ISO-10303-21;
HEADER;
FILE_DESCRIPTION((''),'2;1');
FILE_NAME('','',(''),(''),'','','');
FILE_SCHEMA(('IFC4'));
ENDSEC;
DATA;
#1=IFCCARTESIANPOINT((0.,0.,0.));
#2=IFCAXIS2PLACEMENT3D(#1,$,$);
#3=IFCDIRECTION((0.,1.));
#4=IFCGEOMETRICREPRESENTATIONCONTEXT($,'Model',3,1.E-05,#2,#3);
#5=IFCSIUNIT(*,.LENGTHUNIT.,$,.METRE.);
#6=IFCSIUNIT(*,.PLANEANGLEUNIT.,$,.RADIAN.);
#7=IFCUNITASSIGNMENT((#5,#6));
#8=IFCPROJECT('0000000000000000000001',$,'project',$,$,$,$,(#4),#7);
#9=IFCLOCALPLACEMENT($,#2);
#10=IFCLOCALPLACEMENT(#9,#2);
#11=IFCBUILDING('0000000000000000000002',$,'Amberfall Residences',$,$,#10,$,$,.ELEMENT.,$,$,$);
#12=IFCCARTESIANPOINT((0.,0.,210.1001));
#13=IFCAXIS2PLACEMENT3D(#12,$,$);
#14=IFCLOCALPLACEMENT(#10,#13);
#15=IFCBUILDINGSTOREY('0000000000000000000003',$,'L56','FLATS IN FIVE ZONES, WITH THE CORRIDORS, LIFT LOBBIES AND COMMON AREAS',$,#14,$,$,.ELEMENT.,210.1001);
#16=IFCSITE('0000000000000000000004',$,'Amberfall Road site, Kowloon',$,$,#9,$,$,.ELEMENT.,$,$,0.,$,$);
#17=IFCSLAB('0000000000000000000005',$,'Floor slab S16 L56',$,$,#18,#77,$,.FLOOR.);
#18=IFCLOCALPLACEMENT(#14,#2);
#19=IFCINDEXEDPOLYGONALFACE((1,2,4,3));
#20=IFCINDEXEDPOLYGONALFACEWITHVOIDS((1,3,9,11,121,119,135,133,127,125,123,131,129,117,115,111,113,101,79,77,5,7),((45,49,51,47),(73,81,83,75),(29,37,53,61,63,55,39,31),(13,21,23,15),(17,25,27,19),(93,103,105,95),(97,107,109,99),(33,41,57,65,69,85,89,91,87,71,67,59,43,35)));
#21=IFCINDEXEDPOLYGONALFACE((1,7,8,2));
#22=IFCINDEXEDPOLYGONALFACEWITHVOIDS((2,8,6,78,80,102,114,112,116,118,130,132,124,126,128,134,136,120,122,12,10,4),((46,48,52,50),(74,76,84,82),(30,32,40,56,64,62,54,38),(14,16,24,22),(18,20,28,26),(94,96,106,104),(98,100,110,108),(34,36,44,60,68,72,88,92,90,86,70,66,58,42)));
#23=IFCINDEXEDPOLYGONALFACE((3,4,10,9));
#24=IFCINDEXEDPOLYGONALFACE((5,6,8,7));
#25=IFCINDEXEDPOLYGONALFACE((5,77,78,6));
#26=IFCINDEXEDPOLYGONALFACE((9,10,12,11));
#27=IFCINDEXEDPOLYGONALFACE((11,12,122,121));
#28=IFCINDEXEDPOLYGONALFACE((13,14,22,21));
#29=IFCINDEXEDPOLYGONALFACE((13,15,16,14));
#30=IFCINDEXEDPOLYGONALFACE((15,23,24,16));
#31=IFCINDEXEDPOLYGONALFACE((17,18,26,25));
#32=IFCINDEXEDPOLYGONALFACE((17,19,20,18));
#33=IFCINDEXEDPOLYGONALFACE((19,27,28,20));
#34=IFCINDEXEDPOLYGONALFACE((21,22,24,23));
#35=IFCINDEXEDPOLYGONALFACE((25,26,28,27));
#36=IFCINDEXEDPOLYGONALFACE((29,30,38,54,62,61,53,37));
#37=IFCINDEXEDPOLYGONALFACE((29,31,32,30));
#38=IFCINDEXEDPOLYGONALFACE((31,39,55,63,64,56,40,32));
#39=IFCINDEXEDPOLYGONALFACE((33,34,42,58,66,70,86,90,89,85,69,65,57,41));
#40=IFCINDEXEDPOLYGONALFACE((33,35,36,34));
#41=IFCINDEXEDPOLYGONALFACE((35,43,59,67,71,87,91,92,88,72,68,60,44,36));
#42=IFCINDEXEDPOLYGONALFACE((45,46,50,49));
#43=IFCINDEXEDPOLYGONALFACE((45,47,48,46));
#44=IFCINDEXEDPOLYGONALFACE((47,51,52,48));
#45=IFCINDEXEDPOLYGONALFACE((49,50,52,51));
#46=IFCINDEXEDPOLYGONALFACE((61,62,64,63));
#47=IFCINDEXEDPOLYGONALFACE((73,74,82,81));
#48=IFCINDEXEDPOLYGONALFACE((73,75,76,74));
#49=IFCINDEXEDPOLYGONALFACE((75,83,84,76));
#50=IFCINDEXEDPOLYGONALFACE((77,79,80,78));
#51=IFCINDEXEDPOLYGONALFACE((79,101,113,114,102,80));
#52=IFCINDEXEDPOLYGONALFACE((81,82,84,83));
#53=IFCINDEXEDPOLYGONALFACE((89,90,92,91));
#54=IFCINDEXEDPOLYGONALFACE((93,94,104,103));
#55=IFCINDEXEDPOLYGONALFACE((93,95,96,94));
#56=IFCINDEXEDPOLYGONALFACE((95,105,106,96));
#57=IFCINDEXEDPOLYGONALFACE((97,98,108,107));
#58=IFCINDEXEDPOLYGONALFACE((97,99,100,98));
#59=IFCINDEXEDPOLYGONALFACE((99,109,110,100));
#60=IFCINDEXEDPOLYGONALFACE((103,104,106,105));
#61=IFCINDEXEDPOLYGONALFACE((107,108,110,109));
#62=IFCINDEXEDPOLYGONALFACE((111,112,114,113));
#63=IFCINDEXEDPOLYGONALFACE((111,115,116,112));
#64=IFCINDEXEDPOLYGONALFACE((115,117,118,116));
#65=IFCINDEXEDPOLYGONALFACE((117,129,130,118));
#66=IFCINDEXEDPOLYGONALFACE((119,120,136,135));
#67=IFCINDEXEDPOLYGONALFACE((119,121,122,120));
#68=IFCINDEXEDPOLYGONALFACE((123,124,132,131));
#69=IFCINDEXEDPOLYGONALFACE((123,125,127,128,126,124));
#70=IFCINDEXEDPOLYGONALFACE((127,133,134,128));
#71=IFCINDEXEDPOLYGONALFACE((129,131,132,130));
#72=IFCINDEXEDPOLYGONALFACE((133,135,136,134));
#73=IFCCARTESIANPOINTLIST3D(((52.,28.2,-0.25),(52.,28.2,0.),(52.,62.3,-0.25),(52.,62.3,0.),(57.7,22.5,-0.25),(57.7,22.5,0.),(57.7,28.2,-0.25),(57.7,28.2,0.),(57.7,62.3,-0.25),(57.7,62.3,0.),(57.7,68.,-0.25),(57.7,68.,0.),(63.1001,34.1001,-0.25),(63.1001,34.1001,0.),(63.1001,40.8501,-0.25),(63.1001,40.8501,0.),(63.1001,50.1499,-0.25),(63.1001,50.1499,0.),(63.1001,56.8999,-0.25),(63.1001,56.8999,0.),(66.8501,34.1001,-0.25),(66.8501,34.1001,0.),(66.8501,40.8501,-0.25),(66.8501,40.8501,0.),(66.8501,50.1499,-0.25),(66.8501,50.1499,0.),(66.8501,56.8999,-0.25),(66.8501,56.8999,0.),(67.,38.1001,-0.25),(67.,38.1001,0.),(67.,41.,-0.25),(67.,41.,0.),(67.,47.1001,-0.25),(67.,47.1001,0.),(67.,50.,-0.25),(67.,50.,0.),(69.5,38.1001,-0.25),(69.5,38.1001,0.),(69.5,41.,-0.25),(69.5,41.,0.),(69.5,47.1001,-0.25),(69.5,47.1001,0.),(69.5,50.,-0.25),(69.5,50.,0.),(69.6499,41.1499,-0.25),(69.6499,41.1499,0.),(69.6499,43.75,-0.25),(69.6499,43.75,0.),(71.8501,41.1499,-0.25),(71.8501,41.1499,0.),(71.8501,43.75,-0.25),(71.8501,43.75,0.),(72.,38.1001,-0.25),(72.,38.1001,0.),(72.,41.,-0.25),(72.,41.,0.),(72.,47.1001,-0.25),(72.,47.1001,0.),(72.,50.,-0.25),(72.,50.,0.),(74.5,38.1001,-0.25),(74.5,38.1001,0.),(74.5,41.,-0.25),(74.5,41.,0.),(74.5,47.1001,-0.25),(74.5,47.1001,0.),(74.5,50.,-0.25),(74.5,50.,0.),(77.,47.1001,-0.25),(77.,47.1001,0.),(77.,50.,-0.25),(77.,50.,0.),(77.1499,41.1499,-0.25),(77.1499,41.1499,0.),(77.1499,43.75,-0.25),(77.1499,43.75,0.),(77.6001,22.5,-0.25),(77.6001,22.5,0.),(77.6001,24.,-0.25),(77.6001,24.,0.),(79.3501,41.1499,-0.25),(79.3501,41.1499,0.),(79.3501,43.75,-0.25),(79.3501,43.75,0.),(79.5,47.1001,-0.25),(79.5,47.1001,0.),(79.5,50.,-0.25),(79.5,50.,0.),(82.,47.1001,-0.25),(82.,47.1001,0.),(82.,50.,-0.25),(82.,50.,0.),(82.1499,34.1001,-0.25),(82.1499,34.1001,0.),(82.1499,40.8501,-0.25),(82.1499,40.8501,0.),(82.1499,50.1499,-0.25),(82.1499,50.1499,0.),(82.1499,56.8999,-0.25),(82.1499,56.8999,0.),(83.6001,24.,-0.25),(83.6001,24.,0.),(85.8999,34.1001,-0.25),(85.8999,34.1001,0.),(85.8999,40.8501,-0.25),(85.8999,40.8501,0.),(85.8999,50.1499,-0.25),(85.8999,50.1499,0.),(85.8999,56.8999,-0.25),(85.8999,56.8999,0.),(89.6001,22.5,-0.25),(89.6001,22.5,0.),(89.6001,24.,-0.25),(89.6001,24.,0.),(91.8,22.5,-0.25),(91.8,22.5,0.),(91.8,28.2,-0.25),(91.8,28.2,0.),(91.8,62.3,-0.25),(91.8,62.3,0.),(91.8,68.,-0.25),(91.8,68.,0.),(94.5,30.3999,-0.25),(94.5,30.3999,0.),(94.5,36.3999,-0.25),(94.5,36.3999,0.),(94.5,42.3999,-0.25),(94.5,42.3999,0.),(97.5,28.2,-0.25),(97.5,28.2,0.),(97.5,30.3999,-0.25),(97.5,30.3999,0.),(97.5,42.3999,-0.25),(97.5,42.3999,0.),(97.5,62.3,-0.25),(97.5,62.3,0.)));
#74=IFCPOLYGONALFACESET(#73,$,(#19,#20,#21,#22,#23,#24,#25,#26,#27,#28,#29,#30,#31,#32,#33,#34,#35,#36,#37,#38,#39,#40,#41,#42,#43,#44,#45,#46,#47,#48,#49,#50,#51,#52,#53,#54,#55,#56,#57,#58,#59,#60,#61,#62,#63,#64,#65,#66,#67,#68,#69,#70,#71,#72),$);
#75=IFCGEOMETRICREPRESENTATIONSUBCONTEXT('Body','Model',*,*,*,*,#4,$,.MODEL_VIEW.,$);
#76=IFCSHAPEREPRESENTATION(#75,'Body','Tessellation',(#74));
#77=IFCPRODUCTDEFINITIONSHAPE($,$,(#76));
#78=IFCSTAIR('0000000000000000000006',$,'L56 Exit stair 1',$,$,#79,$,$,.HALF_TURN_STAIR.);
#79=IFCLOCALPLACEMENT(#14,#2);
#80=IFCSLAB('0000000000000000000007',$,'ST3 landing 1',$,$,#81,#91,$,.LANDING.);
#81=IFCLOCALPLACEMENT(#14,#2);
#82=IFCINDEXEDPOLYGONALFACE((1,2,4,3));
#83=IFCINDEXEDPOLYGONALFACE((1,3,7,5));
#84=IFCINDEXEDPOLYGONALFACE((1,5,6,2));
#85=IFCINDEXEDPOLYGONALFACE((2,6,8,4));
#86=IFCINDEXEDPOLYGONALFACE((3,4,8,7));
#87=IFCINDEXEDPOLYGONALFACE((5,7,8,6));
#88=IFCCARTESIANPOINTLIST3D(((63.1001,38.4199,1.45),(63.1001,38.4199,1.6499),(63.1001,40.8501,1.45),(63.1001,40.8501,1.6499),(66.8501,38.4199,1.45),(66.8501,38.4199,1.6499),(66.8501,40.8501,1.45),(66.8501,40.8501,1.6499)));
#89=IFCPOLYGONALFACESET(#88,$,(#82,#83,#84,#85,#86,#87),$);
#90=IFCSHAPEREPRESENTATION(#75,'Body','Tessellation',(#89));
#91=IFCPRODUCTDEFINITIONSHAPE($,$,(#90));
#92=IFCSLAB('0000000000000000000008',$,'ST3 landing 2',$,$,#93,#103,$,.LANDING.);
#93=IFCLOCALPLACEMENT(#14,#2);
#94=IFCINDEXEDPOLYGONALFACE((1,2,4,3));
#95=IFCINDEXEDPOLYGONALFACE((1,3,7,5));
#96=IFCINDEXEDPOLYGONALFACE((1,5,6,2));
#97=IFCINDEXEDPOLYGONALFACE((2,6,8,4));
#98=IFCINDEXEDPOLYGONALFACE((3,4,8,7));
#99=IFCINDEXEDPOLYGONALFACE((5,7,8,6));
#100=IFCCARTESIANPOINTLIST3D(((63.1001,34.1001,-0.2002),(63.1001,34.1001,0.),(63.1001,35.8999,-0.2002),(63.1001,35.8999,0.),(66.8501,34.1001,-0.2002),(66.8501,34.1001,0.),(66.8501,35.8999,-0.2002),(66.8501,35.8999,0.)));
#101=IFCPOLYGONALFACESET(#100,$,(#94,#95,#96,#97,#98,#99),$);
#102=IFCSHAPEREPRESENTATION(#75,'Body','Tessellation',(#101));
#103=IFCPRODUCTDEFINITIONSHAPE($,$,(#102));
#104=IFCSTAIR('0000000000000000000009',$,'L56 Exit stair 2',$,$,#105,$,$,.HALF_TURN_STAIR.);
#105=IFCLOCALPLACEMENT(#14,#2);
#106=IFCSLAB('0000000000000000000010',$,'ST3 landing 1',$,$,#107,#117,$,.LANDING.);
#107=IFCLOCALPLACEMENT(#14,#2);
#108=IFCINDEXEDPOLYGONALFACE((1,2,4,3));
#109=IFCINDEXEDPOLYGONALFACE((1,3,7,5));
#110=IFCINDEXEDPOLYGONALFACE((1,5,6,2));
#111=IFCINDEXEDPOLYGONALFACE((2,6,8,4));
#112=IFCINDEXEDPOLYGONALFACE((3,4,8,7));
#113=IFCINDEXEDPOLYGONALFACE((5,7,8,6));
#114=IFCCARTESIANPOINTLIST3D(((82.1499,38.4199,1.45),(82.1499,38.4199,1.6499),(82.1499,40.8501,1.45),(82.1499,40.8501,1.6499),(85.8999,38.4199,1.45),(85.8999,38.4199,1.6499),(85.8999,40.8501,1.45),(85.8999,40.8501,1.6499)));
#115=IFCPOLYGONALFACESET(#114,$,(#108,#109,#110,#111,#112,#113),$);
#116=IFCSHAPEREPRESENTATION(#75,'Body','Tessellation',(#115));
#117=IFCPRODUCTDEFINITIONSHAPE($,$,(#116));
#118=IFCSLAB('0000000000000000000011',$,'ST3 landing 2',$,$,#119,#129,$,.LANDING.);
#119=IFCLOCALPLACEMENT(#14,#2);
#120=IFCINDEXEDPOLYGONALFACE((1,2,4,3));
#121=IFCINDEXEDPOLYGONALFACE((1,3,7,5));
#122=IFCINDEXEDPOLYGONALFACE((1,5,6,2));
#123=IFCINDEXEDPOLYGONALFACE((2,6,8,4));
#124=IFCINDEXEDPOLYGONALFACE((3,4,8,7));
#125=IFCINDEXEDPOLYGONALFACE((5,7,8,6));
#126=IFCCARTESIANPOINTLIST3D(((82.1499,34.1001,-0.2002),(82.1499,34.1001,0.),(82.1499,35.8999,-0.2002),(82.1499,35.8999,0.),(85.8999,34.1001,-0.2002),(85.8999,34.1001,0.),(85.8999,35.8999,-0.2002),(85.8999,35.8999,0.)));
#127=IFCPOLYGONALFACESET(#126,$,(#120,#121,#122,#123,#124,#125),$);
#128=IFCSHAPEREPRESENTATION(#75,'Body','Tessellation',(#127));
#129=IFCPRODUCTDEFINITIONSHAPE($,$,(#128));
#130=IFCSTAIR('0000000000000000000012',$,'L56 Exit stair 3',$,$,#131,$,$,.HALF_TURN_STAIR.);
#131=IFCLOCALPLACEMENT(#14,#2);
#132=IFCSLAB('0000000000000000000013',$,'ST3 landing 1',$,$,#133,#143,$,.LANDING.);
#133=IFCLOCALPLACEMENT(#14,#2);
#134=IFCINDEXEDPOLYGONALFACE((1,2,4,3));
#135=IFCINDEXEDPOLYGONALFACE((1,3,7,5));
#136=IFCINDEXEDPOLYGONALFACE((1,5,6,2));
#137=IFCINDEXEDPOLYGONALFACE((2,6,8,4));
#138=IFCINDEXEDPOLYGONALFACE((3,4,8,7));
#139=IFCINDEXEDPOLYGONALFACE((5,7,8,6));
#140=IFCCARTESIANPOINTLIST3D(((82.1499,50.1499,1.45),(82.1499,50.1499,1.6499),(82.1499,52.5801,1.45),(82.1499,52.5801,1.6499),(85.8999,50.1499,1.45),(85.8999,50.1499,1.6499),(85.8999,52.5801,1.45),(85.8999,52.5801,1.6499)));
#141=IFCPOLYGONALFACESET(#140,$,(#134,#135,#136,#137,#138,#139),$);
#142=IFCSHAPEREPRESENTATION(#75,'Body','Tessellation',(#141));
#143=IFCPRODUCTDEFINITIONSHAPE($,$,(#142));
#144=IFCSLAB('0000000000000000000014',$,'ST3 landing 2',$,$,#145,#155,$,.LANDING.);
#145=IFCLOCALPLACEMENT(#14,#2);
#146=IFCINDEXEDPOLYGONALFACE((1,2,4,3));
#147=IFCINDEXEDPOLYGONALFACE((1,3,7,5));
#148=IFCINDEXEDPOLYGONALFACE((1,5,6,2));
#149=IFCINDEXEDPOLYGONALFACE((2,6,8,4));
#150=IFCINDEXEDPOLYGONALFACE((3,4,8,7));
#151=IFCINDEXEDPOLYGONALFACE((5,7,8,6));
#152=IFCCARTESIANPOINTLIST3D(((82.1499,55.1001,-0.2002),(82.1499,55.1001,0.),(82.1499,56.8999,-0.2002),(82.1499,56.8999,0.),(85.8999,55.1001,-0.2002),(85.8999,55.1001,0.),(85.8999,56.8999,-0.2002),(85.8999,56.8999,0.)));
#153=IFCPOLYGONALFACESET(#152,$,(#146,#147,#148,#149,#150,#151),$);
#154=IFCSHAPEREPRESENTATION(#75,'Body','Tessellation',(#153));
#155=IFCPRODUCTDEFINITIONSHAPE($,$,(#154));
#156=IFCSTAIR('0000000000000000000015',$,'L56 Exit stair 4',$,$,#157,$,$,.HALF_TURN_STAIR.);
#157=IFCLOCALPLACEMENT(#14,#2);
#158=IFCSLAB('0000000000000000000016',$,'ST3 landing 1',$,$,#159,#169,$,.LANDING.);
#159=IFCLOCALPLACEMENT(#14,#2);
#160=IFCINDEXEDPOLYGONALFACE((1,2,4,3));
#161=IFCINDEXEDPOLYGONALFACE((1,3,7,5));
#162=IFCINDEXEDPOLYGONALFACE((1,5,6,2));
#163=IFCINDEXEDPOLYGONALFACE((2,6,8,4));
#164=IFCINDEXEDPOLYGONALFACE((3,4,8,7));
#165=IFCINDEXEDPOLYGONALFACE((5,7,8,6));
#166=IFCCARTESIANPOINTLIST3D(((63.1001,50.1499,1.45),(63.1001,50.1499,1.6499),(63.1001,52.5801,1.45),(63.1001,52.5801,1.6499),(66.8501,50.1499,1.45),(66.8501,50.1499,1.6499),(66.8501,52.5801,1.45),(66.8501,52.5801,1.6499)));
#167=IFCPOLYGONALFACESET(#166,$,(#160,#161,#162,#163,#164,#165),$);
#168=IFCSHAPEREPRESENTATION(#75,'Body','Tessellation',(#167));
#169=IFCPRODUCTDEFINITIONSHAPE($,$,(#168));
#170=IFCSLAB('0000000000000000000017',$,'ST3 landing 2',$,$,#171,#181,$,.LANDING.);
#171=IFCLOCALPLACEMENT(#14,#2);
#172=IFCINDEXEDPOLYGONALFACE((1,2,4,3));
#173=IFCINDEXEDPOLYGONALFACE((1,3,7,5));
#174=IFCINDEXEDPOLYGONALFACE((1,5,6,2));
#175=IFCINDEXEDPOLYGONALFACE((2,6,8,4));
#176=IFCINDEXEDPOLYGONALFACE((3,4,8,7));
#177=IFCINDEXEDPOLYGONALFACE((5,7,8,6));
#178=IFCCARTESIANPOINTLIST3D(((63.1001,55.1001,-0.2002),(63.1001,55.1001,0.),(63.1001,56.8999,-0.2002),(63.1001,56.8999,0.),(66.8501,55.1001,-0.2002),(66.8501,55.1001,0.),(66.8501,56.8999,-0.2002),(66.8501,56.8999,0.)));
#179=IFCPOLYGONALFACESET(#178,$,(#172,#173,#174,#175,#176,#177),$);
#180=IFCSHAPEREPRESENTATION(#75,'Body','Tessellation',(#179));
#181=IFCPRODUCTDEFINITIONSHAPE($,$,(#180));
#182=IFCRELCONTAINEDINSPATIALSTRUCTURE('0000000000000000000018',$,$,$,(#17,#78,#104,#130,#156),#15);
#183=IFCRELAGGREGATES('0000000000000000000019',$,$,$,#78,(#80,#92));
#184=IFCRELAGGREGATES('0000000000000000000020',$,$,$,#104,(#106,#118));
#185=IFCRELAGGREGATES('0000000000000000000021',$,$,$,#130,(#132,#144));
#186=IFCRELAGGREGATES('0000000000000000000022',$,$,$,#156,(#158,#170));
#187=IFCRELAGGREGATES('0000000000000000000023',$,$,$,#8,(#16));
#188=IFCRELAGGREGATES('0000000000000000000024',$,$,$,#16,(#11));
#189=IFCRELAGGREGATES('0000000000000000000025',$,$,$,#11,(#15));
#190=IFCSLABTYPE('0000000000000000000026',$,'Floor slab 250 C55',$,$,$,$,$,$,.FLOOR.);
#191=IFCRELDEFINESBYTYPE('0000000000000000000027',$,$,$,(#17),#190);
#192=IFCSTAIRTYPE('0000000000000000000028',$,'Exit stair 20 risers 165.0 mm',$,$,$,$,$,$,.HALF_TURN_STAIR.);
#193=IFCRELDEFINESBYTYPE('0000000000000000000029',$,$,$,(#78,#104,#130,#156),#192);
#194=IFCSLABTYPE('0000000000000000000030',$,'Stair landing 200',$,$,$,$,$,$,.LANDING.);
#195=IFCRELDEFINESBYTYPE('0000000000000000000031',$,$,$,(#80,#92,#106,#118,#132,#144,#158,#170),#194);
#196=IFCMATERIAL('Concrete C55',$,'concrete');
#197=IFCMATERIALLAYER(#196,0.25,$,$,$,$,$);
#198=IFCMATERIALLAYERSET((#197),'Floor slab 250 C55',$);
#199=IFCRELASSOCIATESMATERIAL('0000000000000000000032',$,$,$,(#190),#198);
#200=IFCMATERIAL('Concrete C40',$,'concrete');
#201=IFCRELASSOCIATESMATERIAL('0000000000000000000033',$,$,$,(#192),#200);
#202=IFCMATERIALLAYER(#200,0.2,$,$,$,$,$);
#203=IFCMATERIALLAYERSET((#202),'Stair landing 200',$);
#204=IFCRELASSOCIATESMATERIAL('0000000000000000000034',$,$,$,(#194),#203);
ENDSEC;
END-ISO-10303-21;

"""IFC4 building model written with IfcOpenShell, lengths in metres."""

from ifc_helpers import new_model, si_unit, direction, frame, origin, place, context, subcontext, project, spatial, polyline, outline, extrude, material, layer, layer_set, type_object, element, aggregate, save


model = new_model("IFC4")

# Units and contexts
model_context = context("Model", 3, precision=1e-05, world=origin(), true_north=direction((0.0, 1.0)))
body_context = subcontext(model_context, "Body", "Model", "MODEL_VIEW")
ifc_project = project(units=[si_unit("LENGTHUNIT", "METRE"), si_unit("PLANEANGLEUNIT", "RADIAN")], contexts=[model_context])

# Site, building, storey
site_placement = place(None, origin())
site = spatial("IfcSite", under=ifc_project, at=site_placement, Name="Amberfall Road site, Kowloon", CompositionType="ELEMENT", RefElevation=0.0)
building_placement = place(site_placement, origin())
building = spatial("IfcBuilding", under=site, at=building_placement, Name="Amberfall Residences", CompositionType="ELEMENT")
storey_placement = place(building_placement, frame((0.0, 0.0, 210.1001)))
storey = spatial("IfcBuildingStorey", under=building, at=storey_placement, Name="L56", Description="FLATS IN FIVE ZONES, WITH THE CORRIDORS, LIFT LOBBIES AND COMMON AREAS", CompositionType="ELEMENT", Elevation=210.1001)

# Slab
ifc_material_1 = material(Name="Concrete C55", Category="concrete")
ifc_layer_1 = layer(ifc_material_1, 0.25)
ifc_layer_set_1 = layer_set([ifc_layer_1], Name="Floor slab 250 C55")
slab_type_1 = type_object("IfcSlabType", Name="Floor slab 250 C55", PredefinedType="FLOOR", material=ifc_layer_set_1)
slab_1_placement = place(storey_placement, frame((0.0, 0.0, -0.25)))
element("IfcSlab", 1, at=slab_1_placement, inside=storey, type_object=slab_type_1, Name="Floor slab S16 L56", PredefinedType="FLOOR", context=body_context, shape_type="SweptSolid", body=[
    extrude(outline(polyline([(89.6001, 22.5), (89.6001, 24.0), (83.6001, 24.0), (77.6001, 24.0), (77.6001, 22.5), (57.7, 22.5), (57.7, 28.2), (52.0, 28.2), (52.0, 62.3), (57.7, 62.3), (57.7, 68.0), (91.8, 68.0), (91.8, 62.3), (97.5, 62.3), (97.5, 42.3999), (94.5, 42.3999), (94.5, 36.3999), (94.5, 30.3999), (97.5, 30.3999), (97.5, 28.2), (91.8, 28.2), (91.8, 22.5), (89.6001, 22.5)]), holes=[polyline([(85.8999, 34.1001), (85.8999, 40.8501), (82.1499, 40.8501), (82.1499, 34.1001), (85.8999, 34.1001)]), polyline([(85.8999, 50.1499), (85.8999, 56.8999), (82.1499, 56.8999), (82.1499, 50.1499), (85.8999, 50.1499)]), polyline([(72.0, 50.0), (69.5, 50.0), (67.0, 50.0), (67.0, 47.1001), (69.5, 47.1001), (72.0, 47.1001), (74.5, 47.1001), (77.0, 47.1001), (79.5, 47.1001), (82.0, 47.1001), (82.0, 50.0), (79.5, 50.0), (77.0, 50.0), (74.5, 50.0), (72.0, 50.0)]), polyline([(79.3501, 41.1499), (79.3501, 43.75), (77.1499, 43.75), (77.1499, 41.1499), (79.3501, 41.1499)]), polyline([(69.5, 41.0), (67.0, 41.0), (67.0, 38.1001), (69.5, 38.1001), (72.0, 38.1001), (74.5, 38.1001), (74.5, 41.0), (72.0, 41.0), (69.5, 41.0)]), polyline([(71.8501, 41.1499), (71.8501, 43.75), (69.6499, 43.75), (69.6499, 41.1499), (71.8501, 41.1499)]), polyline([(66.8501, 50.1499), (66.8501, 56.8999), (63.1001, 56.8999), (63.1001, 50.1499), (66.8501, 50.1499)]), polyline([(66.8501, 40.8501), (63.1001, 40.8501), (63.1001, 34.1001), (66.8501, 34.1001), (66.8501, 40.8501)])]), origin(), (0.0, 0.0, 1.0), 0.25),
])

# Stairs, slabs
ifc_material_2 = material(Name="Concrete C40", Category="concrete")
stair_type = type_object("IfcStairType", Name="Exit stair 20 risers 165.0 mm", PredefinedType="HALF_TURN_STAIR", material=ifc_material_2)
stair_1_placement = place(storey_placement, origin())
stair_1 = element("IfcStair", 2, at=stair_1_placement, inside=storey, type_object=stair_type, Name="L56 Exit stair 1", PredefinedType="HALF_TURN_STAIR")
ifc_layer_2 = layer(ifc_material_2, 0.2)
ifc_layer_set_2 = layer_set([ifc_layer_2], Name="Stair landing 200")
slab_type_2 = type_object("IfcSlabType", Name="Stair landing 200", PredefinedType="LANDING", material=ifc_layer_set_2)
slab_2_placement = place(storey_placement, frame((0.0, 0.0, 1.45)))
slab_2 = element("IfcSlab", 3, at=slab_2_placement, type_object=slab_type_2, Name="ST3 landing 1", PredefinedType="LANDING", context=body_context, shape_type="SweptSolid", body=[
    extrude(outline(polyline([(66.8501, 38.4199), (66.8501, 40.8501), (63.1001, 40.8501), (63.1001, 38.4199), (66.8501, 38.4199)])), origin(), (0.0, 0.0, 1.0), 0.2),
])
slab_3_placement = place(storey_placement, frame((0.0, 0.0, -0.2002)))
slab_3 = element("IfcSlab", 4, at=slab_3_placement, type_object=slab_type_2, Name="ST3 landing 2", PredefinedType="LANDING", context=body_context, shape_type="SweptSolid", body=[
    extrude(outline(polyline([(66.8501, 34.1001), (66.8501, 35.8999), (63.1001, 35.8999), (63.1001, 34.1001), (66.8501, 34.1001)])), origin(), (0.0, 0.0, 1.0), 0.2002),
])
aggregate(stair_1, [slab_2, slab_3])
stair_2_placement = place(storey_placement, origin())
stair_2 = element("IfcStair", 5, at=stair_2_placement, inside=storey, type_object=stair_type, Name="L56 Exit stair 2", PredefinedType="HALF_TURN_STAIR")
slab_4_placement = place(storey_placement, frame((0.0, 0.0, 1.45)))
slab_4 = element("IfcSlab", 6, at=slab_4_placement, type_object=slab_type_2, Name="ST3 landing 1", PredefinedType="LANDING", context=body_context, shape_type="SweptSolid", body=[
    extrude(outline(polyline([(85.8999, 38.4199), (85.8999, 40.8501), (82.1499, 40.8501), (82.1499, 38.4199), (85.8999, 38.4199)])), origin(), (0.0, 0.0, 1.0), 0.2),
])
slab_5_placement = place(storey_placement, frame((0.0, 0.0, -0.2002)))
slab_5 = element("IfcSlab", 7, at=slab_5_placement, type_object=slab_type_2, Name="ST3 landing 2", PredefinedType="LANDING", context=body_context, shape_type="SweptSolid", body=[
    extrude(outline(polyline([(85.8999, 34.1001), (85.8999, 35.8999), (82.1499, 35.8999), (82.1499, 34.1001), (85.8999, 34.1001)])), origin(), (0.0, 0.0, 1.0), 0.2002),
])
aggregate(stair_2, [slab_4, slab_5])
stair_3_placement = place(storey_placement, origin())
stair_3 = element("IfcStair", 8, at=stair_3_placement, inside=storey, type_object=stair_type, Name="L56 Exit stair 3", PredefinedType="HALF_TURN_STAIR")
slab_6_placement = place(storey_placement, frame((0.0, 0.0, 1.45)))
slab_6 = element("IfcSlab", 9, at=slab_6_placement, type_object=slab_type_2, Name="ST3 landing 1", PredefinedType="LANDING", context=body_context, shape_type="SweptSolid", body=[
    extrude(outline(polyline([(82.1499, 52.5801), (82.1499, 50.1499), (85.8999, 50.1499), (85.8999, 52.5801), (82.1499, 52.5801)])), origin(), (0.0, 0.0, 1.0), 0.2),
])
slab_7_placement = place(storey_placement, frame((0.0, 0.0, -0.2002)))
slab_7 = element("IfcSlab", 10, at=slab_7_placement, type_object=slab_type_2, Name="ST3 landing 2", PredefinedType="LANDING", context=body_context, shape_type="SweptSolid", body=[
    extrude(outline(polyline([(82.1499, 56.8999), (82.1499, 55.1001), (85.8999, 55.1001), (85.8999, 56.8999), (82.1499, 56.8999)])), origin(), (0.0, 0.0, 1.0), 0.2002),
])
aggregate(stair_3, [slab_6, slab_7])
stair_4_placement = place(storey_placement, origin())
stair_4 = element("IfcStair", 11, at=stair_4_placement, inside=storey, type_object=stair_type, Name="L56 Exit stair 4", PredefinedType="HALF_TURN_STAIR")
slab_8_placement = place(storey_placement, frame((0.0, 0.0, 1.45)))
slab_8 = element("IfcSlab", 12, at=slab_8_placement, type_object=slab_type_2, Name="ST3 landing 1", PredefinedType="LANDING", context=body_context, shape_type="SweptSolid", body=[
    extrude(outline(polyline([(63.1001, 52.5801), (63.1001, 50.1499), (66.8501, 50.1499), (66.8501, 52.5801), (63.1001, 52.5801)])), origin(), (0.0, 0.0, 1.0), 0.2),
])
slab_9_placement = place(storey_placement, frame((0.0, 0.0, -0.2002)))
slab_9 = element("IfcSlab", 13, at=slab_9_placement, type_object=slab_type_2, Name="ST3 landing 2", PredefinedType="LANDING", context=body_context, shape_type="SweptSolid", body=[
    extrude(outline(polyline([(63.1001, 56.8999), (63.1001, 55.1001), (66.8501, 55.1001), (66.8501, 56.8999), (63.1001, 56.8999)])), origin(), (0.0, 0.0, 1.0), 0.2002),
])
aggregate(stair_4, [slab_8, slab_9])

save(model, "model.ifc")
